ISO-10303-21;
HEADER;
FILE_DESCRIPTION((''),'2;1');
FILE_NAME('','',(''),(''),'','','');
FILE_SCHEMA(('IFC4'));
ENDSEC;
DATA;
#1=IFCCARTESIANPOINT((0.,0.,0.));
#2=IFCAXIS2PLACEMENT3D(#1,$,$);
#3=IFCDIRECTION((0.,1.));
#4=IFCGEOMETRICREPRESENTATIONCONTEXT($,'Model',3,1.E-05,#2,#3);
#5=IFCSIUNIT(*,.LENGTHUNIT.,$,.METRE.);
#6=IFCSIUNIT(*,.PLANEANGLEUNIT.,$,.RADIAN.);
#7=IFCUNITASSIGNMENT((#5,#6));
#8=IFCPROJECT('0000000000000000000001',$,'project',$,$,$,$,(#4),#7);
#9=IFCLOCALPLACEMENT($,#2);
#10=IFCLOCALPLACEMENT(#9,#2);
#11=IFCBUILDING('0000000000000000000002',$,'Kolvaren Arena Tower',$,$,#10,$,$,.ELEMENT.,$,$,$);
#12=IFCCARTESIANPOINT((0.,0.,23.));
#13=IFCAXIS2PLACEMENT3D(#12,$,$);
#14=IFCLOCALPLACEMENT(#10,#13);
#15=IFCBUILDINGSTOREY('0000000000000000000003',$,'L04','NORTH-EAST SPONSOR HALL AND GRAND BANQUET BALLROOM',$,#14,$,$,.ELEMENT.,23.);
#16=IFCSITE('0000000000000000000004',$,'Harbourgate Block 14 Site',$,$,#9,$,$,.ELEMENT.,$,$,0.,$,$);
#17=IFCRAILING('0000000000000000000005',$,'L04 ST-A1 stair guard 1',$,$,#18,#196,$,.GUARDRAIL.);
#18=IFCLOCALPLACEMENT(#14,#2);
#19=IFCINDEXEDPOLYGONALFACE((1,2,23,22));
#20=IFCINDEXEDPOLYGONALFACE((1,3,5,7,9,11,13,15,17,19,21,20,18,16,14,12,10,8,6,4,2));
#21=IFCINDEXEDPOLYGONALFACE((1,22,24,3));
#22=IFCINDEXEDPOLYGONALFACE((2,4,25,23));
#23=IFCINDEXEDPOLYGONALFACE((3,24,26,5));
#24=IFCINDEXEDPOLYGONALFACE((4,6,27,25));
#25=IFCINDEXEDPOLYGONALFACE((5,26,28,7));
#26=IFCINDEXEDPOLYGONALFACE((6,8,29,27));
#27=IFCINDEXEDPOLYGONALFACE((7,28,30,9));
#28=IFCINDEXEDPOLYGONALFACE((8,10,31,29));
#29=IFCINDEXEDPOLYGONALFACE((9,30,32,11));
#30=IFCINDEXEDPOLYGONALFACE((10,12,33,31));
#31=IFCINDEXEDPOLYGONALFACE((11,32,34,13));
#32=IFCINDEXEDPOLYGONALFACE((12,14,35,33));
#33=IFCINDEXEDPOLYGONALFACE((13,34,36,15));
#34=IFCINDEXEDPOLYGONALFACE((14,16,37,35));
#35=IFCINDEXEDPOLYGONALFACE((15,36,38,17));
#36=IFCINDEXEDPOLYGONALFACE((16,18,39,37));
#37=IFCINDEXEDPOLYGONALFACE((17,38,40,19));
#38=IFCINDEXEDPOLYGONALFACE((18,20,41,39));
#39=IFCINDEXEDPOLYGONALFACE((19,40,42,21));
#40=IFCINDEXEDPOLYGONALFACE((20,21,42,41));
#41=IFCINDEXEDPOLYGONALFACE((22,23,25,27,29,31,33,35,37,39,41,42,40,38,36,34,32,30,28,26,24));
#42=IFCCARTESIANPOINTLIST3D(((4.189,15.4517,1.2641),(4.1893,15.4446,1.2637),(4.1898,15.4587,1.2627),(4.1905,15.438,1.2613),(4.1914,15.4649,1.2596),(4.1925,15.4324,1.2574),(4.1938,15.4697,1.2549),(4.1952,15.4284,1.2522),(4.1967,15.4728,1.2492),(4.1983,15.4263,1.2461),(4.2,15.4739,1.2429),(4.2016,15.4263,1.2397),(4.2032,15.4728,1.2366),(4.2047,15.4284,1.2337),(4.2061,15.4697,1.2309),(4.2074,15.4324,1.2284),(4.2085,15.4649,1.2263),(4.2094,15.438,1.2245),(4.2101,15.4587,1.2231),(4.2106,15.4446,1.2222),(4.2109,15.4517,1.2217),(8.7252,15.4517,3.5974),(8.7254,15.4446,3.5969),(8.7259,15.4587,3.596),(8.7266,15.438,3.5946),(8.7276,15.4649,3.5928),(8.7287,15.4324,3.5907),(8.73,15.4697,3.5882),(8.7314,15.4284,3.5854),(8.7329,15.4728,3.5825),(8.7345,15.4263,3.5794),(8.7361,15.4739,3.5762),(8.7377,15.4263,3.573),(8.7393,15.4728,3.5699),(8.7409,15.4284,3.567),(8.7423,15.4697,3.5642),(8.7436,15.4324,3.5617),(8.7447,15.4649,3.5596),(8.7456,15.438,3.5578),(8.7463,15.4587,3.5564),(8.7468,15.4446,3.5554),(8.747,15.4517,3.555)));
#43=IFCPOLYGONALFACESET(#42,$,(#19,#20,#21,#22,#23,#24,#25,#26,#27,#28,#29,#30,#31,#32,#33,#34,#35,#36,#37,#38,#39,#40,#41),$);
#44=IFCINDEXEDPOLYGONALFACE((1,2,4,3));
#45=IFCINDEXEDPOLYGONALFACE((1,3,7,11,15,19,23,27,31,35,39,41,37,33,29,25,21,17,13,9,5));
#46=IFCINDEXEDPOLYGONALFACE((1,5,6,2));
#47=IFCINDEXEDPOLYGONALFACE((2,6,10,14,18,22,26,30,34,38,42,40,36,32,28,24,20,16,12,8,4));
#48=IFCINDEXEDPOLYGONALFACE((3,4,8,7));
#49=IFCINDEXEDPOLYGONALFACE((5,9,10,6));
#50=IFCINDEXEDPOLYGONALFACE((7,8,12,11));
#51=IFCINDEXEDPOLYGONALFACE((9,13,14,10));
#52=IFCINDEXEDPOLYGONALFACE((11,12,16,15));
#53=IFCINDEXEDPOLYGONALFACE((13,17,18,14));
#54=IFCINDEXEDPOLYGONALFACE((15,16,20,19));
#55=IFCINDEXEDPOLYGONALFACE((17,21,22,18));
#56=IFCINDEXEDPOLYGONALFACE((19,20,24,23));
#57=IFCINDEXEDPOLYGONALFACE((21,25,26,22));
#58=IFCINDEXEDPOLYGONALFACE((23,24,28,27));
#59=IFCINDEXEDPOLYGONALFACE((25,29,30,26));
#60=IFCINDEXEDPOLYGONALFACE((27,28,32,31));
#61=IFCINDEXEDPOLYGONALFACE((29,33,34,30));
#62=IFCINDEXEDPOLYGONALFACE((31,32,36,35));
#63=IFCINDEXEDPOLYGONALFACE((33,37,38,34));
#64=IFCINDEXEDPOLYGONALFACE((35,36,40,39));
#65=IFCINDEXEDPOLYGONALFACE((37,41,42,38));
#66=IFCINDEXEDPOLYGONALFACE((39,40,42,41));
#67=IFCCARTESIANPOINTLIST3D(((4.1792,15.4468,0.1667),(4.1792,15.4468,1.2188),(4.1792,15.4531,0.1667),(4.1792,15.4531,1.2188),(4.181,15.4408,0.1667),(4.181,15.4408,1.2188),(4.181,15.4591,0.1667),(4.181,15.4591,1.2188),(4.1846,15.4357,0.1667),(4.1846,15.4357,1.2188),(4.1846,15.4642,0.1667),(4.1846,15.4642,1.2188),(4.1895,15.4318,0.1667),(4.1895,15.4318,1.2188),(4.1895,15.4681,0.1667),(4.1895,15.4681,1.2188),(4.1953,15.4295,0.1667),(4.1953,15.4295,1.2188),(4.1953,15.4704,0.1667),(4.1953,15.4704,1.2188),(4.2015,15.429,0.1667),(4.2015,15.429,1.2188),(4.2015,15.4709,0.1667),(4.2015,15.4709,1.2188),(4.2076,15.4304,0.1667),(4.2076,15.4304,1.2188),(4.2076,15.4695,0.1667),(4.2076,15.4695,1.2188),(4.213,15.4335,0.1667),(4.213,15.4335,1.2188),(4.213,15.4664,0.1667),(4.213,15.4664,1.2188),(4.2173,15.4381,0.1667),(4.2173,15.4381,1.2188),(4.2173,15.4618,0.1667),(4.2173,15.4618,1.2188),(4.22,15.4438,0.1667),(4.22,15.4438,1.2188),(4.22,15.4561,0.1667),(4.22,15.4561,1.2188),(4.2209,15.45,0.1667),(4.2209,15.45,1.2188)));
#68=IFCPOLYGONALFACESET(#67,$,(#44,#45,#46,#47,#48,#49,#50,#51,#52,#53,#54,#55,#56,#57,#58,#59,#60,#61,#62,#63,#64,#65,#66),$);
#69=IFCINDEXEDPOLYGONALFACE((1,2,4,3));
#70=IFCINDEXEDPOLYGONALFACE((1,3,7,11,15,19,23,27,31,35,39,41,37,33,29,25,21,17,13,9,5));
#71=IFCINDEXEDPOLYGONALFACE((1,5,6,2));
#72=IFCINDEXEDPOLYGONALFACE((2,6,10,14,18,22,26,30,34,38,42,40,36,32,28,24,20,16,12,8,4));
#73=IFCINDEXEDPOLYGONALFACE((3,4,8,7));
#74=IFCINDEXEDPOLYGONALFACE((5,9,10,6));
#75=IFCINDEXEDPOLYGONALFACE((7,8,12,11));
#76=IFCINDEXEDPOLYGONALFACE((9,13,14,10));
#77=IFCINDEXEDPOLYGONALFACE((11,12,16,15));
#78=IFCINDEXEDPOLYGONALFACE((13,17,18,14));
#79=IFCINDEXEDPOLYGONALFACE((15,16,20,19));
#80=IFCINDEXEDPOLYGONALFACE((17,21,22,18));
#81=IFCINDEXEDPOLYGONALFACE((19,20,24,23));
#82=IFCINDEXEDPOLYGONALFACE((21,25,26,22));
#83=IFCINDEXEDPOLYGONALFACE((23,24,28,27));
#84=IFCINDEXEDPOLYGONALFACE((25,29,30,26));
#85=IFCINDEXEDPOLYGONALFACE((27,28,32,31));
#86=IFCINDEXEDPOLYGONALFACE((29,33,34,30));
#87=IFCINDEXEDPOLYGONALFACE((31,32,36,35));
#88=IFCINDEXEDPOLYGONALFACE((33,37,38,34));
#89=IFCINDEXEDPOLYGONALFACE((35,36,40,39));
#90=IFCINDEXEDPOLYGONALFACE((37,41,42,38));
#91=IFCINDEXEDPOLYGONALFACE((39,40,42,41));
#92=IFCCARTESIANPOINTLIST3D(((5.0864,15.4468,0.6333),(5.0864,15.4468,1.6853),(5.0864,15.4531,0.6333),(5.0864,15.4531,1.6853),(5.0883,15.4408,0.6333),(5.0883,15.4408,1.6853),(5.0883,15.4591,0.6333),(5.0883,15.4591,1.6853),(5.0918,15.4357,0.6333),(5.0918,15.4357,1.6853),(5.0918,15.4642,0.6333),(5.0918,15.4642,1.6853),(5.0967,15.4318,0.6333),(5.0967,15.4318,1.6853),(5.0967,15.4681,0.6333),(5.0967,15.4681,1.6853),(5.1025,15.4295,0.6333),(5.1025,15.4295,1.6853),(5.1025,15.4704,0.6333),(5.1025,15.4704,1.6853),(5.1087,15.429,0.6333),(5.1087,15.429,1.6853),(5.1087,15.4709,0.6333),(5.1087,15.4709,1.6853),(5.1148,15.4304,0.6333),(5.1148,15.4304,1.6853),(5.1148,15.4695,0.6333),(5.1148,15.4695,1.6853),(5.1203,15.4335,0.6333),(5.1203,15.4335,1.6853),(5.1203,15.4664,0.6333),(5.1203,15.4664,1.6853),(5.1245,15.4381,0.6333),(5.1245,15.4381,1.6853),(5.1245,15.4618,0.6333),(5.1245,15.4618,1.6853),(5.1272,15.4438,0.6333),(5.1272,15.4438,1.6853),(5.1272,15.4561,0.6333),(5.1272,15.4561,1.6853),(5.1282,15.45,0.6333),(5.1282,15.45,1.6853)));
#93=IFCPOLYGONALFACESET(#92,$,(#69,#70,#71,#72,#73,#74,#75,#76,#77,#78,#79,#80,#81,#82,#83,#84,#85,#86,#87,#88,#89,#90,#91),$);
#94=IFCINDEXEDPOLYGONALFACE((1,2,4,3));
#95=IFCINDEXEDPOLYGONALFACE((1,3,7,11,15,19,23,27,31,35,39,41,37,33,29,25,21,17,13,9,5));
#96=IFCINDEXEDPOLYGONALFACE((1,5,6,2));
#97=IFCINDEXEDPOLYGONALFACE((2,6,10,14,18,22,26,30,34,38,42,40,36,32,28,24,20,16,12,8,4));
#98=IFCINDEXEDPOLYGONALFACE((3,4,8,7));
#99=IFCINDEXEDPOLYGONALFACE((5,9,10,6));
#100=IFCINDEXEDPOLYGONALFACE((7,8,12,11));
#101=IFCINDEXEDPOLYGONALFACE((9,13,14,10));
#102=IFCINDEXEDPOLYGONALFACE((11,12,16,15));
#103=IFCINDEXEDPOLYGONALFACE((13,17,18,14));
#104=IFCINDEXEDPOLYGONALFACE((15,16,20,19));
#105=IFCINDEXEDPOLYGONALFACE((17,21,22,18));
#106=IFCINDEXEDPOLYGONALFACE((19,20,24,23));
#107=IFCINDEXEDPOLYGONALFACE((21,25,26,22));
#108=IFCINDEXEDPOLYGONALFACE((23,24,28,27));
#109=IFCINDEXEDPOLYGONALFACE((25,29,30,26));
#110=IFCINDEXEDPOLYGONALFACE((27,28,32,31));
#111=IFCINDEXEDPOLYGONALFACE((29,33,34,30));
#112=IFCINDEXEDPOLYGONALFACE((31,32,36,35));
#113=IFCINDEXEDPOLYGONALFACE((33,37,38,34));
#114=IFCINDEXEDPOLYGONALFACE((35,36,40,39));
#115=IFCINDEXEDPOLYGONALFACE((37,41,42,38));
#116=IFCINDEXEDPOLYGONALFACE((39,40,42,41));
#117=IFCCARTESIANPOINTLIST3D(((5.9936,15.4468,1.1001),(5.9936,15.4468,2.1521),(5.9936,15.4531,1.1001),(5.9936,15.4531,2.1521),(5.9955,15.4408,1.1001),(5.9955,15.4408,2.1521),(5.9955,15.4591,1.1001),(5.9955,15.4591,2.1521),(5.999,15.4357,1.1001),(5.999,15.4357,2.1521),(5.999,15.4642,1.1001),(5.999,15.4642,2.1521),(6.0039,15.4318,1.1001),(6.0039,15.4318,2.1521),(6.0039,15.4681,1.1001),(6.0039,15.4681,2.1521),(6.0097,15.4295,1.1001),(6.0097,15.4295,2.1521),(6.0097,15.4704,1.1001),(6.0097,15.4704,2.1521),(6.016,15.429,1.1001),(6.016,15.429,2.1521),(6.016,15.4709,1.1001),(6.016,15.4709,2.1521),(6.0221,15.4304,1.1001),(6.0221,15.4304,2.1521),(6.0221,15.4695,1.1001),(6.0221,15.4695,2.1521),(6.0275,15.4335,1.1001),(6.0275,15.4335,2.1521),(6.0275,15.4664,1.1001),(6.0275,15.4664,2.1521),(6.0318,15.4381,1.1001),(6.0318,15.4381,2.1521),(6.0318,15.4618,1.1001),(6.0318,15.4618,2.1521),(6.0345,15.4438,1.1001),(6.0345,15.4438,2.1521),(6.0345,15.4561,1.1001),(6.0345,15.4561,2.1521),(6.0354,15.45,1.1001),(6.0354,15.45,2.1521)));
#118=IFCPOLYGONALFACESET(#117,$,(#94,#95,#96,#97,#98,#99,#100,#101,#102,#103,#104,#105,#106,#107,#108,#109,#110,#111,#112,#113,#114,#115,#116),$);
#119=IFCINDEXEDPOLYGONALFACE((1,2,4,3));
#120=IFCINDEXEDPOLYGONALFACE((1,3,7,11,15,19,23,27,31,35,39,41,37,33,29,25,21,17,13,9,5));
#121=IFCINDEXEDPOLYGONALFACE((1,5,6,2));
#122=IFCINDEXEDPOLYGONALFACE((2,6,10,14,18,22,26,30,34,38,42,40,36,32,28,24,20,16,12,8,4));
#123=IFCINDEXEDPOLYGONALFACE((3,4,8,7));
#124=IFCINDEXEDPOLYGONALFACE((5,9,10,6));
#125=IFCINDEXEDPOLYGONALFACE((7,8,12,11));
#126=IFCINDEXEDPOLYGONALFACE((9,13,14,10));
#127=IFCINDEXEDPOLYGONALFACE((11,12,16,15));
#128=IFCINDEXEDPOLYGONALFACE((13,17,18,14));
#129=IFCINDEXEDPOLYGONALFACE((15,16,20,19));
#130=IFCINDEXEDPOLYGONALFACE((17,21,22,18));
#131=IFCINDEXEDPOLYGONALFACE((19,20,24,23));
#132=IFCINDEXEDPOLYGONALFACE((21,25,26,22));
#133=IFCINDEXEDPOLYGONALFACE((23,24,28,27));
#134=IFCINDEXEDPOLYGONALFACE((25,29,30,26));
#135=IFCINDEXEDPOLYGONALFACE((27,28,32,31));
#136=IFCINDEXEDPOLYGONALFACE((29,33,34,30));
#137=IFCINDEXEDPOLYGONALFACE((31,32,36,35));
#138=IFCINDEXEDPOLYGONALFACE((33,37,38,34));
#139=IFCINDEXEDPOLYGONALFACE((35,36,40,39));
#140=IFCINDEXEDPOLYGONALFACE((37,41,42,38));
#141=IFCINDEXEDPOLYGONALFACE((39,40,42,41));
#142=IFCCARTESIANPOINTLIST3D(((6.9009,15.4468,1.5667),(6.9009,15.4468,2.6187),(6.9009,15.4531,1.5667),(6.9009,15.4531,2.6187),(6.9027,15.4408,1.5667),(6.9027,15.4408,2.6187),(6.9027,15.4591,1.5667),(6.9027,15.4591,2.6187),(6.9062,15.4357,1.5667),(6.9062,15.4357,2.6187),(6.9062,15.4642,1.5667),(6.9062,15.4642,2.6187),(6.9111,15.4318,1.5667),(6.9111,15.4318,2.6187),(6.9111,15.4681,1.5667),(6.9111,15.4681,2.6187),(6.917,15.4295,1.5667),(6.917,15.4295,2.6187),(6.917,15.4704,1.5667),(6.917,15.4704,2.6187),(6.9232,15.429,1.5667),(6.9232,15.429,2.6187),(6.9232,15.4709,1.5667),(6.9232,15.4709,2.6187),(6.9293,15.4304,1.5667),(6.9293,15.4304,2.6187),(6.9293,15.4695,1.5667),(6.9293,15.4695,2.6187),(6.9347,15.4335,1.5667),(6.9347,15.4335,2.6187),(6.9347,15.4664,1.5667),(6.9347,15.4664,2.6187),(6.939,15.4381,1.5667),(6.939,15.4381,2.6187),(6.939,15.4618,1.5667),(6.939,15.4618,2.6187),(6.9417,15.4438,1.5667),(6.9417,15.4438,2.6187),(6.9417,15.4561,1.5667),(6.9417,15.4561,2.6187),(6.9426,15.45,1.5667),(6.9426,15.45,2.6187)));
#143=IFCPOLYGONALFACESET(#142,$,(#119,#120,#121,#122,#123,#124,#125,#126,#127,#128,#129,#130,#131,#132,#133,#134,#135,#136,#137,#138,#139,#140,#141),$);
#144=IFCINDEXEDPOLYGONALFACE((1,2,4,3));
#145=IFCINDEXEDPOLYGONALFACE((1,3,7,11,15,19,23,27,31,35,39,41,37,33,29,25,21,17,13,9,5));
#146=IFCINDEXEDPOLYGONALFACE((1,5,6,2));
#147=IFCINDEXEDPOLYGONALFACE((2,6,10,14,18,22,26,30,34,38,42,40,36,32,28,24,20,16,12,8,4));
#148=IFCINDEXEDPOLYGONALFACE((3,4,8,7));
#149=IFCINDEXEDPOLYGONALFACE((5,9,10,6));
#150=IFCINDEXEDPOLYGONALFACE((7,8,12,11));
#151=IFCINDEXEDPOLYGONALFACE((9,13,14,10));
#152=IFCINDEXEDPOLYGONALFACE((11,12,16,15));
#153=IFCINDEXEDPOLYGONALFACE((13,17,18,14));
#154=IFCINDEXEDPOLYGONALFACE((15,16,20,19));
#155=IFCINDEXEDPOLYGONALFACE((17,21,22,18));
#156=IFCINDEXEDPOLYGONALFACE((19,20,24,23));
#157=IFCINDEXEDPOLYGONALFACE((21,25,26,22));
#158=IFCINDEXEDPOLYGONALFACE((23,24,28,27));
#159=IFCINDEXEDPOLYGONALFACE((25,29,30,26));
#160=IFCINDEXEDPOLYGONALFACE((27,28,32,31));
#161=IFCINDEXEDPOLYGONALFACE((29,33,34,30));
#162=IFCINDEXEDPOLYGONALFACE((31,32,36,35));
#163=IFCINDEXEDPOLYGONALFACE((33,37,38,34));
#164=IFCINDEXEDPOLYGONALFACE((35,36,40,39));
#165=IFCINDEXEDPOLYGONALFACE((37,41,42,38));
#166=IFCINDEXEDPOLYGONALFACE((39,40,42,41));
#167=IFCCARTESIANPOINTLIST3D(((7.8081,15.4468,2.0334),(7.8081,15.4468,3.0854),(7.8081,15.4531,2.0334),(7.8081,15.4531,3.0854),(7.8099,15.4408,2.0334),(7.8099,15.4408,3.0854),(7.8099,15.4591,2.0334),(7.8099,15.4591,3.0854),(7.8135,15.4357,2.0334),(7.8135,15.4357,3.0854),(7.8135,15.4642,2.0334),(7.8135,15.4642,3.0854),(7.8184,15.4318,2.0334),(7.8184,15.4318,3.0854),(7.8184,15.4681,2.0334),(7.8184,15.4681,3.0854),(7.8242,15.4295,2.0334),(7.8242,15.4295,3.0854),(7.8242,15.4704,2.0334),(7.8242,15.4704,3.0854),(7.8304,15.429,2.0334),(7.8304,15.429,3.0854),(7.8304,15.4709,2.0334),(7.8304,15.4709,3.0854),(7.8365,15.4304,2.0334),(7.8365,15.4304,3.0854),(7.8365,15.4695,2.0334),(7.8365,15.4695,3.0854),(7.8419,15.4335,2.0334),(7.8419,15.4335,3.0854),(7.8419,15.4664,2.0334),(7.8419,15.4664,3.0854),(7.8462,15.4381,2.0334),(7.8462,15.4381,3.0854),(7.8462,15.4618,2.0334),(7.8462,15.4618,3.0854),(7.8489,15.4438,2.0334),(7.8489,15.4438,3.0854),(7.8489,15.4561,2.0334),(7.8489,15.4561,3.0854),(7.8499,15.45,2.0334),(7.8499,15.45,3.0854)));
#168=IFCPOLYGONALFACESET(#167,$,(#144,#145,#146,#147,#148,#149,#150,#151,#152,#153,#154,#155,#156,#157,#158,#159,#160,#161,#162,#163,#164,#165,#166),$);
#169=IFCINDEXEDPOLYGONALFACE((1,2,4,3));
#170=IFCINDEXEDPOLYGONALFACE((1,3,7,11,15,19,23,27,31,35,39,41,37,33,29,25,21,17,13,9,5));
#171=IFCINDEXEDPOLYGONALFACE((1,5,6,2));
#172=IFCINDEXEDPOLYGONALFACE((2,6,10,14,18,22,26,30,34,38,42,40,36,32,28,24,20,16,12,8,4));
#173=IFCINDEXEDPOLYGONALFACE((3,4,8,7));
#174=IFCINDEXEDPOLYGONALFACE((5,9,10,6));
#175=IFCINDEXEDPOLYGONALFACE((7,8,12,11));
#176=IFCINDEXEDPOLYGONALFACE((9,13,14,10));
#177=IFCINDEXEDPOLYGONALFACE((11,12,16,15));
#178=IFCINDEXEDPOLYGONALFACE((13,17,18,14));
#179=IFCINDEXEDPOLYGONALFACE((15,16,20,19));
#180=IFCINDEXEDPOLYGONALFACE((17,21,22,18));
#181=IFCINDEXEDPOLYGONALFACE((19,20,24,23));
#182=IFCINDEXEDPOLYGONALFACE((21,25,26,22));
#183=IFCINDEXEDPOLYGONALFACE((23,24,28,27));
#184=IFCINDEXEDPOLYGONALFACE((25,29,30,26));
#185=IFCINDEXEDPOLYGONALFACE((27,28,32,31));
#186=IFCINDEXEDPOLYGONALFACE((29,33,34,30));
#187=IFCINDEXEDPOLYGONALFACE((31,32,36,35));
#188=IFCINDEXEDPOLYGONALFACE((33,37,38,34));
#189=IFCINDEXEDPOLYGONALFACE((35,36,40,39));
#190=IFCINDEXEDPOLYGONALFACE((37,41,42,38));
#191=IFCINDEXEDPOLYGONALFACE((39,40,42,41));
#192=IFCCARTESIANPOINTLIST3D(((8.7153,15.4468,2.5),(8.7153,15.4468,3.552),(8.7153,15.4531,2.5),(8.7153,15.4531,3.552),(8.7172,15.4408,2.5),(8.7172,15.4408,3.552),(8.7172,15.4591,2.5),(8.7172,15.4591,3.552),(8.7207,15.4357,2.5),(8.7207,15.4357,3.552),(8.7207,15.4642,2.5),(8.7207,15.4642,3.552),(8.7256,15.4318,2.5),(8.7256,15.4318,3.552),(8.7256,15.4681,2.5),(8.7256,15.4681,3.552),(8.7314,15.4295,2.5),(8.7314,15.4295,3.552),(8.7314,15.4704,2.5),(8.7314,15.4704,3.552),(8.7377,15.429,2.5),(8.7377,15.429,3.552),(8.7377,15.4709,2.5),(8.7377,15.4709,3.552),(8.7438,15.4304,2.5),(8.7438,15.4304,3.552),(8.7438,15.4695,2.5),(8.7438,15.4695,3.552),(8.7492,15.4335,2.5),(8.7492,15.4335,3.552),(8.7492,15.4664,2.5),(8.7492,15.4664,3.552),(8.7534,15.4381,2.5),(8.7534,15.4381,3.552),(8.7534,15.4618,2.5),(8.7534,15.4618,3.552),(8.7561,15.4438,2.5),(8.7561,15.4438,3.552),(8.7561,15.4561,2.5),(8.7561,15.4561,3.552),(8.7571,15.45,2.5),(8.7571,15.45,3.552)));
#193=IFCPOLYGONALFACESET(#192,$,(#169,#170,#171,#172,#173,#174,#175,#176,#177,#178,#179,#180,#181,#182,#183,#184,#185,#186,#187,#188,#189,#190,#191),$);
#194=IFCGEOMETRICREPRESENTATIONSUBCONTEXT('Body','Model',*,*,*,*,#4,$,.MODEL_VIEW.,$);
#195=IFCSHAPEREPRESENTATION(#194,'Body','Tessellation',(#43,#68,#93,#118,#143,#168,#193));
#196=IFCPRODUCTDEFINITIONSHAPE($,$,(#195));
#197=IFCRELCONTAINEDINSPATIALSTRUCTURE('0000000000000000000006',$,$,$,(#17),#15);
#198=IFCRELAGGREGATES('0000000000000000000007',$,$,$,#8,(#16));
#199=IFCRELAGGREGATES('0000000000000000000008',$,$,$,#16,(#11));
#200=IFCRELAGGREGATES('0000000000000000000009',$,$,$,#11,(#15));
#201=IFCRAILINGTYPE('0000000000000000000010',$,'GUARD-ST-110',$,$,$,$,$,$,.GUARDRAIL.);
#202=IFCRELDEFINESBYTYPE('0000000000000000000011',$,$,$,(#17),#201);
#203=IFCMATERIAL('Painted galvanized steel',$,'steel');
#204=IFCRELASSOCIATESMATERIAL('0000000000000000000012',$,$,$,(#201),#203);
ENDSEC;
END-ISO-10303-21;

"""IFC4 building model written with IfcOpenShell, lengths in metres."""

from ifc_helpers import new_model, si_unit, direction, frame, origin, origin_2d, place, context, subcontext, project, spatial, circle, extrude, material, type_object, element, save


model = new_model("IFC4")

# Units and contexts
model_context = context("Model", 3, precision=1e-05, world=origin(), true_north=direction((0.0, 1.0)))
body_context = subcontext(model_context, "Body", "Model", "MODEL_VIEW")
ifc_project = project(units=[si_unit("LENGTHUNIT", "METRE"), si_unit("PLANEANGLEUNIT", "RADIAN")], contexts=[model_context])

# Site, building, storey
site_placement = place(None, origin())
site = spatial("IfcSite", under=ifc_project, at=site_placement, Name="Harbourgate Block 14 Site", CompositionType="ELEMENT", RefElevation=0.0)
building_placement = place(site_placement, origin())
building = spatial("IfcBuilding", under=site, at=building_placement, Name="Kolvaren Arena Tower", CompositionType="ELEMENT")
storey_placement = place(building_placement, frame((0.0, 0.0, 23.0)))
storey = spatial("IfcBuildingStorey", under=building, at=storey_placement, Name="L04", Description="NORTH-EAST SPONSOR HALL AND GRAND BANQUET BALLROOM", CompositionType="ELEMENT", Elevation=23.0)

# Railing
ifc_material_1 = material(Name="Painted galvanized steel", Category="steel")
railing_type_1 = type_object("IfcRailingType", Name="GUARD-ST-110", PredefinedType="GUARDRAIL", material=ifc_material_1)
railing_1_placement = place(storey_placement, frame((4.2, 15.45, 0.1667)))
element("IfcRailing", 1, at=railing_1_placement, inside=storey, type_object=railing_type_1, Name="L04 ST-A1 stair guard 1", PredefinedType="GUARDRAIL", context=body_context, shape_type="SweptSolid", body=[
    extrude(circle(Radius=0.0239, at=origin_2d()), frame((0.0, 0.0, 1.0762), z_axis=(0.889257, 0.0, 0.457407), x_axis=(0.0, 1.0, 0.0)), (0.0, 0.0, 1.0), 5.1011),
    extrude(circle(Radius=0.021, at=origin_2d()), origin(), (0.0, 0.0, 1.0), 1.052),
    extrude(circle(Radius=0.021, at=origin_2d()), frame((0.9072, 0.0, 0.4666)), (0.0, 0.0, 1.0), 1.052),
    extrude(circle(Radius=0.021, at=origin_2d()), frame((1.8145, 0.0, 0.9333)), (0.0, 0.0, 1.0), 1.052),
    extrude(circle(Radius=0.021, at=origin_2d()), frame((2.7217, 0.0, 1.3999)), (0.0, 0.0, 1.0), 1.052),
    extrude(circle(Radius=0.021, at=origin_2d()), frame((3.6289, 0.0, 1.8667)), (0.0, 0.0, 1.0), 1.052),
    extrude(circle(Radius=0.021, at=origin_2d()), frame((4.5361, 0.0, 2.3333)), (0.0, 0.0, 1.0), 1.052),
])

save(model, "model.ifc")
